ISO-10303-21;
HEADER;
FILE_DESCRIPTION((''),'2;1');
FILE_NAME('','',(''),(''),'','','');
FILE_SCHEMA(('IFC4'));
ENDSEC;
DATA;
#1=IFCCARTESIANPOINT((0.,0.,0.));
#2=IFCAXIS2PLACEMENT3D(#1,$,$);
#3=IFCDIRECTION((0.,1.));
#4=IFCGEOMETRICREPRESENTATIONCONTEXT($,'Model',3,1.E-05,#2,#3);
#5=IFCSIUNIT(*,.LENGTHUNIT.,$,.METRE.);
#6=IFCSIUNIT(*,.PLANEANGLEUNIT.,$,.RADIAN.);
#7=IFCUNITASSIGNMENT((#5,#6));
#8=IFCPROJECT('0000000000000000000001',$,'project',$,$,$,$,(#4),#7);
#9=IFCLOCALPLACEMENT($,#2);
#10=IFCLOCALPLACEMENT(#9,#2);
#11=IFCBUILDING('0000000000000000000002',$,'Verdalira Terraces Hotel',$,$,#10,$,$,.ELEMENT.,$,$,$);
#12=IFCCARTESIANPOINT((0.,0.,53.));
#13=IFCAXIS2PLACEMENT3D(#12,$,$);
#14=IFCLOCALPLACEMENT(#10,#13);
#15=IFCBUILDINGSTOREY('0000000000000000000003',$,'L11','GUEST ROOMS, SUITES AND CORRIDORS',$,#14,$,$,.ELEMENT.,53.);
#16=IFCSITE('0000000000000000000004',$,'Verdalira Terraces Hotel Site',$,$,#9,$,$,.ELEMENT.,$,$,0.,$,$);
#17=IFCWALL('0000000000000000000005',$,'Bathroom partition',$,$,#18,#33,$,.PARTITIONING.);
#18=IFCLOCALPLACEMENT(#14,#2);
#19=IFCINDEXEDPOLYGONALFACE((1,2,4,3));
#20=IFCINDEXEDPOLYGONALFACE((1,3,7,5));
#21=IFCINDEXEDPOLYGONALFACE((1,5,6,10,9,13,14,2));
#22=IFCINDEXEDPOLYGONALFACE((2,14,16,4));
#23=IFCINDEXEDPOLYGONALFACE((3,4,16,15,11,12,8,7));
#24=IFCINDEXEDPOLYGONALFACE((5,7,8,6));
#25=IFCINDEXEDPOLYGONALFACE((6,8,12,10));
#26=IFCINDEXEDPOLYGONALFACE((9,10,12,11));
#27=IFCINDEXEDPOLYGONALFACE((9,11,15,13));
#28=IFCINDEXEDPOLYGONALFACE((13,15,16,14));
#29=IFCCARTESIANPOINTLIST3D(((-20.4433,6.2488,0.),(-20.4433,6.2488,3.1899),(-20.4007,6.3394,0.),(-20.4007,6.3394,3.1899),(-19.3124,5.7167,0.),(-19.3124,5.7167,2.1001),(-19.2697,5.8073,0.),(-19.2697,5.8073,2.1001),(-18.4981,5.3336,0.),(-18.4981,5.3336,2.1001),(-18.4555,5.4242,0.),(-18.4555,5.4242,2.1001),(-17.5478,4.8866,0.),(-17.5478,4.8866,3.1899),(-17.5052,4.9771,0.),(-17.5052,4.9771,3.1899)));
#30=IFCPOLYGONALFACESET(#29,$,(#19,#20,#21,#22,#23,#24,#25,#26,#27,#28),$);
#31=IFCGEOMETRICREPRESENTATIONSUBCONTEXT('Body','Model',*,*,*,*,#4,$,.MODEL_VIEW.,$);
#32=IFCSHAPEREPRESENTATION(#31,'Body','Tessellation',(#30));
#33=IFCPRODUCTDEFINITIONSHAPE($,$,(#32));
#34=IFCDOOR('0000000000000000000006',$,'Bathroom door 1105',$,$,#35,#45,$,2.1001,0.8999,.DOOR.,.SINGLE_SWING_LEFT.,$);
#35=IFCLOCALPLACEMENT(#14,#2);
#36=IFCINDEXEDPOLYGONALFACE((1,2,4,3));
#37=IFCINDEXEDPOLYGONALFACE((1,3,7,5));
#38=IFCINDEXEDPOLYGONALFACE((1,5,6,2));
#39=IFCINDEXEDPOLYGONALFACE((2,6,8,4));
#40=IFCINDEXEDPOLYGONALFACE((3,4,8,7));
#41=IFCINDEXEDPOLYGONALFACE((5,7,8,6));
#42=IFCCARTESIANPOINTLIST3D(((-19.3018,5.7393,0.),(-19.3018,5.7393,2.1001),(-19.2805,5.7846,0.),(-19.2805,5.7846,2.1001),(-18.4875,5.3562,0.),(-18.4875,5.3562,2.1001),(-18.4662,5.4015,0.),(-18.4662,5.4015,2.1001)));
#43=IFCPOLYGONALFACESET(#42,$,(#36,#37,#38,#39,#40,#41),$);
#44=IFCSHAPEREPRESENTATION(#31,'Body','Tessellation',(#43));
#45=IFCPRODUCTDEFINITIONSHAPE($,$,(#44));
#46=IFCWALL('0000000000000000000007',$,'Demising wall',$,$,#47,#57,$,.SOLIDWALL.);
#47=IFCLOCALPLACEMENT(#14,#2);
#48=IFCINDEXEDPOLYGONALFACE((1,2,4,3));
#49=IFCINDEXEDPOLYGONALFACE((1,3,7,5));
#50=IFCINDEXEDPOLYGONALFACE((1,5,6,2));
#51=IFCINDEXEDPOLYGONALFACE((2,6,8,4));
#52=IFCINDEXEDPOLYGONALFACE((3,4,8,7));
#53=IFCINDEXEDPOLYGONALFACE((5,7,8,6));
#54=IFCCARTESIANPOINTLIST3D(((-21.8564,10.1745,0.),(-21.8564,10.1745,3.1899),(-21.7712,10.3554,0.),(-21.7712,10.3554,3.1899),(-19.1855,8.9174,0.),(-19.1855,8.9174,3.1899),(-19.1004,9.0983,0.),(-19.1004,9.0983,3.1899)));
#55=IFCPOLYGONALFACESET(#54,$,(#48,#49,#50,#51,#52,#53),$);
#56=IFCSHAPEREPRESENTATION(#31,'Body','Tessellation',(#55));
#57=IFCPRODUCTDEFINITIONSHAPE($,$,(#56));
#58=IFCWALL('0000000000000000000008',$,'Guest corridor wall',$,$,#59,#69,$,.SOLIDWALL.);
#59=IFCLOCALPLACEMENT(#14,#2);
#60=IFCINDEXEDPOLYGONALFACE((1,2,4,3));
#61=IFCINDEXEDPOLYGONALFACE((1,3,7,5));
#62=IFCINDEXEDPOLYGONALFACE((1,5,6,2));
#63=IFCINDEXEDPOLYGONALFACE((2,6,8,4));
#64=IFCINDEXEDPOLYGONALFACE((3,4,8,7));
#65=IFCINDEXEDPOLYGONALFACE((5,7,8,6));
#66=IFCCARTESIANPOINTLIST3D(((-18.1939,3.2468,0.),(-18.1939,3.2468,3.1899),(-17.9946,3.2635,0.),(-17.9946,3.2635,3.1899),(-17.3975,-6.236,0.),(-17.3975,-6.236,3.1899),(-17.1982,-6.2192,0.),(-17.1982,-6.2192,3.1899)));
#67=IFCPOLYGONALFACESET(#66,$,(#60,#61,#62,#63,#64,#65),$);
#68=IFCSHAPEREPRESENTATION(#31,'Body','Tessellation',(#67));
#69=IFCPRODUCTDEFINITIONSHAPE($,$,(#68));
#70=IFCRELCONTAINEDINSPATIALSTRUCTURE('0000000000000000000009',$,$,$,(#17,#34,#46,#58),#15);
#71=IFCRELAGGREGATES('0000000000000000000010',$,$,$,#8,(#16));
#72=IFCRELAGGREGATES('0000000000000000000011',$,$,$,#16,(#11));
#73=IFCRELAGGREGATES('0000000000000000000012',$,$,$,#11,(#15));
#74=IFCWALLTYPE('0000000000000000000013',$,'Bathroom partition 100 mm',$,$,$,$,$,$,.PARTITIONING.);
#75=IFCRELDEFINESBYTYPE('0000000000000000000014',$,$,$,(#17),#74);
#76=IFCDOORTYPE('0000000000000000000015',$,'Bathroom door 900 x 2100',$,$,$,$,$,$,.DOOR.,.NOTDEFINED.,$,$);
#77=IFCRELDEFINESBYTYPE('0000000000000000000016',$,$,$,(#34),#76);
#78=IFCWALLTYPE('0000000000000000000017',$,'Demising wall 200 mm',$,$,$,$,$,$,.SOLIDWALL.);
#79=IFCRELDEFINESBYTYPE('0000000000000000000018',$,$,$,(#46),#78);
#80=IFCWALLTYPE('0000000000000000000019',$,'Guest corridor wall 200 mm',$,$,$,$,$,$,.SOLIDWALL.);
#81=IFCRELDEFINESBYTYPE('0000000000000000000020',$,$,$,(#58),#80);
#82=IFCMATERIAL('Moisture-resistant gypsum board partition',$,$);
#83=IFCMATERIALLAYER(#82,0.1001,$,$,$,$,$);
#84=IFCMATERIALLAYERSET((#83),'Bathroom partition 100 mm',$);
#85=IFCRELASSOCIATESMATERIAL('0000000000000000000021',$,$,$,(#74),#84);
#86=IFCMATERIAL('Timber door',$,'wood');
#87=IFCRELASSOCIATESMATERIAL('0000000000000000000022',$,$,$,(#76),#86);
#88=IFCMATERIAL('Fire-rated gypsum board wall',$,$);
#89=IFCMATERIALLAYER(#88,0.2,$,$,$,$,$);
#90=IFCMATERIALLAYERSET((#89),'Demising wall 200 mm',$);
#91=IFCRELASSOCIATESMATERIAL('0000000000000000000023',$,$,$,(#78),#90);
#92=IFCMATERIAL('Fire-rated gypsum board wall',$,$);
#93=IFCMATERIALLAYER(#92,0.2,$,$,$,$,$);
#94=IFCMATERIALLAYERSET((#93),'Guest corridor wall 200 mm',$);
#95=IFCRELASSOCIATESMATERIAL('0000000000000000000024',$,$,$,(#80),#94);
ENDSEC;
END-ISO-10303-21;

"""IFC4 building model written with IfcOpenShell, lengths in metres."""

from ifc_helpers import new_model, si_unit, direction, frame, frame_2d, origin, place, context, subcontext, project, spatial, rectangle, extrude, material, layer, layer_set, type_object, element, fill, save


model = new_model("IFC4")

# Units and contexts
model_context = context("Model", 3, precision=1e-05, world=origin(), true_north=direction((0.0, 1.0)))
body_context = subcontext(model_context, "Body", "Model", "MODEL_VIEW")
ifc_project = project(units=[si_unit("LENGTHUNIT", "METRE"), si_unit("PLANEANGLEUNIT", "RADIAN")], contexts=[model_context])

# Site, building, storey
site_placement = place(None, origin())
site = spatial("IfcSite", under=ifc_project, at=site_placement, Name="Verdalira Terraces Hotel Site", CompositionType="ELEMENT", RefElevation=0.0)
building_placement = place(site_placement, origin())
building = spatial("IfcBuilding", under=site, at=building_placement, Name="Verdalira Terraces Hotel", CompositionType="ELEMENT")
storey_placement = place(building_placement, frame((0.0, 0.0, 53.0)))
storey = spatial("IfcBuildingStorey", under=building, at=storey_placement, Name="L11", Description="GUEST ROOMS, SUITES AND CORRIDORS", CompositionType="ELEMENT", Elevation=53.0)

# Shared definitions
ifc_material_1 = material(Name="Moisture-resistant gypsum board partition")
ifc_layer_1 = layer(ifc_material_1, 0.1001)
ifc_layer_set_1 = layer_set([ifc_layer_1], Name="Bathroom partition 100 mm")
wall_type_1 = type_object("IfcWallType", Name="Bathroom partition 100 mm", PredefinedType="PARTITIONING", material=ifc_layer_set_1)

# Wall, opening, door
wall_1_placement = place(storey_placement, frame((-20.4221, 6.2942, 0.0), z_axis=(0.0, 0.0, 1.0), x_axis=(0.904853, -0.425724, 0.0)))
wall_1 = element("IfcWall", 1, at=wall_1_placement, inside=storey, type_object=wall_type_1, Name="Bathroom partition", PredefinedType="PARTITIONING", context=body_context, shape_type="SweptSolid", body=[
    extrude(rectangle(XDim=3.2, YDim=0.1001, at=frame_2d((1.6001, 0.0))), origin(), (0.0, 0.0, 1.0), 3.1899),
])
opening_1_placement = place(wall_1_placement, frame((1.25, 0.0, 0.0)))
opening_1 = element("IfcOpeningElement", 2, at=opening_1_placement, cuts=wall_1, PredefinedType="OPENING", context=body_context, shape_type="SweptSolid", body=[
    extrude(rectangle(XDim=0.8999, YDim=2.1001, at=frame_2d((0.45, 1.05))), frame((0.0, 0.0601, 0.0), z_axis=(0.0, -1.0, 0.0), x_axis=(1.0, 0.0, 0.0)), (0.0, 0.0, 1.0), 0.1201),
])
ifc_material_2 = material(Name="Timber door", Category="wood")
door_type_1 = type_object("IfcDoorType", Name="Bathroom door 900 x 2100", OperationType="NOTDEFINED", PredefinedType="DOOR", material=ifc_material_2)
door_1_placement = place(opening_1_placement, origin())
door_1 = element("IfcDoor", 3, at=door_1_placement, inside=storey, type_object=door_type_1, Name="Bathroom door 1105", OperationType="SINGLE_SWING_LEFT", OverallHeight=2.1001, OverallWidth=0.8999, PredefinedType="DOOR", context=body_context, shape_type="SweptSolid", body=[
    extrude(rectangle(XDim=0.8999, YDim=2.1001, at=frame_2d((0.45, 1.05))), frame((0.0, 0.0249, 0.0), z_axis=(0.0, -1.0, 0.0), x_axis=(1.0, 0.0, 0.0)), (0.0, 0.0, 1.0), 0.05),
])
fill(opening_1, door_1)

# Walls
ifc_material_3 = material(Name="Fire-rated gypsum board wall")
ifc_layer_2 = layer(ifc_material_3, 0.2)
ifc_layer_set_2 = layer_set([ifc_layer_2], Name="Demising wall 200 mm")
wall_type_2 = type_object("IfcWallType", Name="Demising wall 200 mm", PredefinedType="SOLIDWALL", material=ifc_layer_set_2)
wall_2_placement = place(storey_placement, frame((-19.1428, 9.0078, 0.0), z_axis=(0.0, 0.0, 1.0), x_axis=(-0.904794, 0.425849, 0.0)))
element("IfcWall", 4, at=wall_2_placement, inside=storey, type_object=wall_type_2, Name="Demising wall", PredefinedType="SOLIDWALL", context=body_context, shape_type="SweptSolid", body=[
    extrude(rectangle(XDim=2.9519, YDim=0.2, at=frame_2d((1.4761, 0.0))), origin(), (0.0, 0.0, 1.0), 3.1899),
])
ifc_material_4 = material(Name="Fire-rated gypsum board wall")
ifc_layer_3 = layer(ifc_material_4, 0.2)
ifc_layer_set_3 = layer_set([ifc_layer_3], Name="Guest corridor wall 200 mm")
wall_type_3 = type_object("IfcWallType", Name="Guest corridor wall 200 mm", PredefinedType="SOLIDWALL", material=ifc_layer_set_3)
wall_3_placement = place(storey_placement, frame((-18.0942, 3.2551, 0.0), z_axis=(0.0, 0.0, 1.0), x_axis=(0.083689, -0.996492, 0.0)))
element("IfcWall", 5, at=wall_3_placement, inside=storey, type_object=wall_type_3, Name="Guest corridor wall", PredefinedType="SOLIDWALL", context=body_context, shape_type="SweptSolid", body=[
    extrude(rectangle(XDim=9.5161, YDim=0.2, at=frame_2d((4.7581, 0.0))), origin(), (0.0, 0.0, 1.0), 3.1899),
])

save(model, "model.ifc")
